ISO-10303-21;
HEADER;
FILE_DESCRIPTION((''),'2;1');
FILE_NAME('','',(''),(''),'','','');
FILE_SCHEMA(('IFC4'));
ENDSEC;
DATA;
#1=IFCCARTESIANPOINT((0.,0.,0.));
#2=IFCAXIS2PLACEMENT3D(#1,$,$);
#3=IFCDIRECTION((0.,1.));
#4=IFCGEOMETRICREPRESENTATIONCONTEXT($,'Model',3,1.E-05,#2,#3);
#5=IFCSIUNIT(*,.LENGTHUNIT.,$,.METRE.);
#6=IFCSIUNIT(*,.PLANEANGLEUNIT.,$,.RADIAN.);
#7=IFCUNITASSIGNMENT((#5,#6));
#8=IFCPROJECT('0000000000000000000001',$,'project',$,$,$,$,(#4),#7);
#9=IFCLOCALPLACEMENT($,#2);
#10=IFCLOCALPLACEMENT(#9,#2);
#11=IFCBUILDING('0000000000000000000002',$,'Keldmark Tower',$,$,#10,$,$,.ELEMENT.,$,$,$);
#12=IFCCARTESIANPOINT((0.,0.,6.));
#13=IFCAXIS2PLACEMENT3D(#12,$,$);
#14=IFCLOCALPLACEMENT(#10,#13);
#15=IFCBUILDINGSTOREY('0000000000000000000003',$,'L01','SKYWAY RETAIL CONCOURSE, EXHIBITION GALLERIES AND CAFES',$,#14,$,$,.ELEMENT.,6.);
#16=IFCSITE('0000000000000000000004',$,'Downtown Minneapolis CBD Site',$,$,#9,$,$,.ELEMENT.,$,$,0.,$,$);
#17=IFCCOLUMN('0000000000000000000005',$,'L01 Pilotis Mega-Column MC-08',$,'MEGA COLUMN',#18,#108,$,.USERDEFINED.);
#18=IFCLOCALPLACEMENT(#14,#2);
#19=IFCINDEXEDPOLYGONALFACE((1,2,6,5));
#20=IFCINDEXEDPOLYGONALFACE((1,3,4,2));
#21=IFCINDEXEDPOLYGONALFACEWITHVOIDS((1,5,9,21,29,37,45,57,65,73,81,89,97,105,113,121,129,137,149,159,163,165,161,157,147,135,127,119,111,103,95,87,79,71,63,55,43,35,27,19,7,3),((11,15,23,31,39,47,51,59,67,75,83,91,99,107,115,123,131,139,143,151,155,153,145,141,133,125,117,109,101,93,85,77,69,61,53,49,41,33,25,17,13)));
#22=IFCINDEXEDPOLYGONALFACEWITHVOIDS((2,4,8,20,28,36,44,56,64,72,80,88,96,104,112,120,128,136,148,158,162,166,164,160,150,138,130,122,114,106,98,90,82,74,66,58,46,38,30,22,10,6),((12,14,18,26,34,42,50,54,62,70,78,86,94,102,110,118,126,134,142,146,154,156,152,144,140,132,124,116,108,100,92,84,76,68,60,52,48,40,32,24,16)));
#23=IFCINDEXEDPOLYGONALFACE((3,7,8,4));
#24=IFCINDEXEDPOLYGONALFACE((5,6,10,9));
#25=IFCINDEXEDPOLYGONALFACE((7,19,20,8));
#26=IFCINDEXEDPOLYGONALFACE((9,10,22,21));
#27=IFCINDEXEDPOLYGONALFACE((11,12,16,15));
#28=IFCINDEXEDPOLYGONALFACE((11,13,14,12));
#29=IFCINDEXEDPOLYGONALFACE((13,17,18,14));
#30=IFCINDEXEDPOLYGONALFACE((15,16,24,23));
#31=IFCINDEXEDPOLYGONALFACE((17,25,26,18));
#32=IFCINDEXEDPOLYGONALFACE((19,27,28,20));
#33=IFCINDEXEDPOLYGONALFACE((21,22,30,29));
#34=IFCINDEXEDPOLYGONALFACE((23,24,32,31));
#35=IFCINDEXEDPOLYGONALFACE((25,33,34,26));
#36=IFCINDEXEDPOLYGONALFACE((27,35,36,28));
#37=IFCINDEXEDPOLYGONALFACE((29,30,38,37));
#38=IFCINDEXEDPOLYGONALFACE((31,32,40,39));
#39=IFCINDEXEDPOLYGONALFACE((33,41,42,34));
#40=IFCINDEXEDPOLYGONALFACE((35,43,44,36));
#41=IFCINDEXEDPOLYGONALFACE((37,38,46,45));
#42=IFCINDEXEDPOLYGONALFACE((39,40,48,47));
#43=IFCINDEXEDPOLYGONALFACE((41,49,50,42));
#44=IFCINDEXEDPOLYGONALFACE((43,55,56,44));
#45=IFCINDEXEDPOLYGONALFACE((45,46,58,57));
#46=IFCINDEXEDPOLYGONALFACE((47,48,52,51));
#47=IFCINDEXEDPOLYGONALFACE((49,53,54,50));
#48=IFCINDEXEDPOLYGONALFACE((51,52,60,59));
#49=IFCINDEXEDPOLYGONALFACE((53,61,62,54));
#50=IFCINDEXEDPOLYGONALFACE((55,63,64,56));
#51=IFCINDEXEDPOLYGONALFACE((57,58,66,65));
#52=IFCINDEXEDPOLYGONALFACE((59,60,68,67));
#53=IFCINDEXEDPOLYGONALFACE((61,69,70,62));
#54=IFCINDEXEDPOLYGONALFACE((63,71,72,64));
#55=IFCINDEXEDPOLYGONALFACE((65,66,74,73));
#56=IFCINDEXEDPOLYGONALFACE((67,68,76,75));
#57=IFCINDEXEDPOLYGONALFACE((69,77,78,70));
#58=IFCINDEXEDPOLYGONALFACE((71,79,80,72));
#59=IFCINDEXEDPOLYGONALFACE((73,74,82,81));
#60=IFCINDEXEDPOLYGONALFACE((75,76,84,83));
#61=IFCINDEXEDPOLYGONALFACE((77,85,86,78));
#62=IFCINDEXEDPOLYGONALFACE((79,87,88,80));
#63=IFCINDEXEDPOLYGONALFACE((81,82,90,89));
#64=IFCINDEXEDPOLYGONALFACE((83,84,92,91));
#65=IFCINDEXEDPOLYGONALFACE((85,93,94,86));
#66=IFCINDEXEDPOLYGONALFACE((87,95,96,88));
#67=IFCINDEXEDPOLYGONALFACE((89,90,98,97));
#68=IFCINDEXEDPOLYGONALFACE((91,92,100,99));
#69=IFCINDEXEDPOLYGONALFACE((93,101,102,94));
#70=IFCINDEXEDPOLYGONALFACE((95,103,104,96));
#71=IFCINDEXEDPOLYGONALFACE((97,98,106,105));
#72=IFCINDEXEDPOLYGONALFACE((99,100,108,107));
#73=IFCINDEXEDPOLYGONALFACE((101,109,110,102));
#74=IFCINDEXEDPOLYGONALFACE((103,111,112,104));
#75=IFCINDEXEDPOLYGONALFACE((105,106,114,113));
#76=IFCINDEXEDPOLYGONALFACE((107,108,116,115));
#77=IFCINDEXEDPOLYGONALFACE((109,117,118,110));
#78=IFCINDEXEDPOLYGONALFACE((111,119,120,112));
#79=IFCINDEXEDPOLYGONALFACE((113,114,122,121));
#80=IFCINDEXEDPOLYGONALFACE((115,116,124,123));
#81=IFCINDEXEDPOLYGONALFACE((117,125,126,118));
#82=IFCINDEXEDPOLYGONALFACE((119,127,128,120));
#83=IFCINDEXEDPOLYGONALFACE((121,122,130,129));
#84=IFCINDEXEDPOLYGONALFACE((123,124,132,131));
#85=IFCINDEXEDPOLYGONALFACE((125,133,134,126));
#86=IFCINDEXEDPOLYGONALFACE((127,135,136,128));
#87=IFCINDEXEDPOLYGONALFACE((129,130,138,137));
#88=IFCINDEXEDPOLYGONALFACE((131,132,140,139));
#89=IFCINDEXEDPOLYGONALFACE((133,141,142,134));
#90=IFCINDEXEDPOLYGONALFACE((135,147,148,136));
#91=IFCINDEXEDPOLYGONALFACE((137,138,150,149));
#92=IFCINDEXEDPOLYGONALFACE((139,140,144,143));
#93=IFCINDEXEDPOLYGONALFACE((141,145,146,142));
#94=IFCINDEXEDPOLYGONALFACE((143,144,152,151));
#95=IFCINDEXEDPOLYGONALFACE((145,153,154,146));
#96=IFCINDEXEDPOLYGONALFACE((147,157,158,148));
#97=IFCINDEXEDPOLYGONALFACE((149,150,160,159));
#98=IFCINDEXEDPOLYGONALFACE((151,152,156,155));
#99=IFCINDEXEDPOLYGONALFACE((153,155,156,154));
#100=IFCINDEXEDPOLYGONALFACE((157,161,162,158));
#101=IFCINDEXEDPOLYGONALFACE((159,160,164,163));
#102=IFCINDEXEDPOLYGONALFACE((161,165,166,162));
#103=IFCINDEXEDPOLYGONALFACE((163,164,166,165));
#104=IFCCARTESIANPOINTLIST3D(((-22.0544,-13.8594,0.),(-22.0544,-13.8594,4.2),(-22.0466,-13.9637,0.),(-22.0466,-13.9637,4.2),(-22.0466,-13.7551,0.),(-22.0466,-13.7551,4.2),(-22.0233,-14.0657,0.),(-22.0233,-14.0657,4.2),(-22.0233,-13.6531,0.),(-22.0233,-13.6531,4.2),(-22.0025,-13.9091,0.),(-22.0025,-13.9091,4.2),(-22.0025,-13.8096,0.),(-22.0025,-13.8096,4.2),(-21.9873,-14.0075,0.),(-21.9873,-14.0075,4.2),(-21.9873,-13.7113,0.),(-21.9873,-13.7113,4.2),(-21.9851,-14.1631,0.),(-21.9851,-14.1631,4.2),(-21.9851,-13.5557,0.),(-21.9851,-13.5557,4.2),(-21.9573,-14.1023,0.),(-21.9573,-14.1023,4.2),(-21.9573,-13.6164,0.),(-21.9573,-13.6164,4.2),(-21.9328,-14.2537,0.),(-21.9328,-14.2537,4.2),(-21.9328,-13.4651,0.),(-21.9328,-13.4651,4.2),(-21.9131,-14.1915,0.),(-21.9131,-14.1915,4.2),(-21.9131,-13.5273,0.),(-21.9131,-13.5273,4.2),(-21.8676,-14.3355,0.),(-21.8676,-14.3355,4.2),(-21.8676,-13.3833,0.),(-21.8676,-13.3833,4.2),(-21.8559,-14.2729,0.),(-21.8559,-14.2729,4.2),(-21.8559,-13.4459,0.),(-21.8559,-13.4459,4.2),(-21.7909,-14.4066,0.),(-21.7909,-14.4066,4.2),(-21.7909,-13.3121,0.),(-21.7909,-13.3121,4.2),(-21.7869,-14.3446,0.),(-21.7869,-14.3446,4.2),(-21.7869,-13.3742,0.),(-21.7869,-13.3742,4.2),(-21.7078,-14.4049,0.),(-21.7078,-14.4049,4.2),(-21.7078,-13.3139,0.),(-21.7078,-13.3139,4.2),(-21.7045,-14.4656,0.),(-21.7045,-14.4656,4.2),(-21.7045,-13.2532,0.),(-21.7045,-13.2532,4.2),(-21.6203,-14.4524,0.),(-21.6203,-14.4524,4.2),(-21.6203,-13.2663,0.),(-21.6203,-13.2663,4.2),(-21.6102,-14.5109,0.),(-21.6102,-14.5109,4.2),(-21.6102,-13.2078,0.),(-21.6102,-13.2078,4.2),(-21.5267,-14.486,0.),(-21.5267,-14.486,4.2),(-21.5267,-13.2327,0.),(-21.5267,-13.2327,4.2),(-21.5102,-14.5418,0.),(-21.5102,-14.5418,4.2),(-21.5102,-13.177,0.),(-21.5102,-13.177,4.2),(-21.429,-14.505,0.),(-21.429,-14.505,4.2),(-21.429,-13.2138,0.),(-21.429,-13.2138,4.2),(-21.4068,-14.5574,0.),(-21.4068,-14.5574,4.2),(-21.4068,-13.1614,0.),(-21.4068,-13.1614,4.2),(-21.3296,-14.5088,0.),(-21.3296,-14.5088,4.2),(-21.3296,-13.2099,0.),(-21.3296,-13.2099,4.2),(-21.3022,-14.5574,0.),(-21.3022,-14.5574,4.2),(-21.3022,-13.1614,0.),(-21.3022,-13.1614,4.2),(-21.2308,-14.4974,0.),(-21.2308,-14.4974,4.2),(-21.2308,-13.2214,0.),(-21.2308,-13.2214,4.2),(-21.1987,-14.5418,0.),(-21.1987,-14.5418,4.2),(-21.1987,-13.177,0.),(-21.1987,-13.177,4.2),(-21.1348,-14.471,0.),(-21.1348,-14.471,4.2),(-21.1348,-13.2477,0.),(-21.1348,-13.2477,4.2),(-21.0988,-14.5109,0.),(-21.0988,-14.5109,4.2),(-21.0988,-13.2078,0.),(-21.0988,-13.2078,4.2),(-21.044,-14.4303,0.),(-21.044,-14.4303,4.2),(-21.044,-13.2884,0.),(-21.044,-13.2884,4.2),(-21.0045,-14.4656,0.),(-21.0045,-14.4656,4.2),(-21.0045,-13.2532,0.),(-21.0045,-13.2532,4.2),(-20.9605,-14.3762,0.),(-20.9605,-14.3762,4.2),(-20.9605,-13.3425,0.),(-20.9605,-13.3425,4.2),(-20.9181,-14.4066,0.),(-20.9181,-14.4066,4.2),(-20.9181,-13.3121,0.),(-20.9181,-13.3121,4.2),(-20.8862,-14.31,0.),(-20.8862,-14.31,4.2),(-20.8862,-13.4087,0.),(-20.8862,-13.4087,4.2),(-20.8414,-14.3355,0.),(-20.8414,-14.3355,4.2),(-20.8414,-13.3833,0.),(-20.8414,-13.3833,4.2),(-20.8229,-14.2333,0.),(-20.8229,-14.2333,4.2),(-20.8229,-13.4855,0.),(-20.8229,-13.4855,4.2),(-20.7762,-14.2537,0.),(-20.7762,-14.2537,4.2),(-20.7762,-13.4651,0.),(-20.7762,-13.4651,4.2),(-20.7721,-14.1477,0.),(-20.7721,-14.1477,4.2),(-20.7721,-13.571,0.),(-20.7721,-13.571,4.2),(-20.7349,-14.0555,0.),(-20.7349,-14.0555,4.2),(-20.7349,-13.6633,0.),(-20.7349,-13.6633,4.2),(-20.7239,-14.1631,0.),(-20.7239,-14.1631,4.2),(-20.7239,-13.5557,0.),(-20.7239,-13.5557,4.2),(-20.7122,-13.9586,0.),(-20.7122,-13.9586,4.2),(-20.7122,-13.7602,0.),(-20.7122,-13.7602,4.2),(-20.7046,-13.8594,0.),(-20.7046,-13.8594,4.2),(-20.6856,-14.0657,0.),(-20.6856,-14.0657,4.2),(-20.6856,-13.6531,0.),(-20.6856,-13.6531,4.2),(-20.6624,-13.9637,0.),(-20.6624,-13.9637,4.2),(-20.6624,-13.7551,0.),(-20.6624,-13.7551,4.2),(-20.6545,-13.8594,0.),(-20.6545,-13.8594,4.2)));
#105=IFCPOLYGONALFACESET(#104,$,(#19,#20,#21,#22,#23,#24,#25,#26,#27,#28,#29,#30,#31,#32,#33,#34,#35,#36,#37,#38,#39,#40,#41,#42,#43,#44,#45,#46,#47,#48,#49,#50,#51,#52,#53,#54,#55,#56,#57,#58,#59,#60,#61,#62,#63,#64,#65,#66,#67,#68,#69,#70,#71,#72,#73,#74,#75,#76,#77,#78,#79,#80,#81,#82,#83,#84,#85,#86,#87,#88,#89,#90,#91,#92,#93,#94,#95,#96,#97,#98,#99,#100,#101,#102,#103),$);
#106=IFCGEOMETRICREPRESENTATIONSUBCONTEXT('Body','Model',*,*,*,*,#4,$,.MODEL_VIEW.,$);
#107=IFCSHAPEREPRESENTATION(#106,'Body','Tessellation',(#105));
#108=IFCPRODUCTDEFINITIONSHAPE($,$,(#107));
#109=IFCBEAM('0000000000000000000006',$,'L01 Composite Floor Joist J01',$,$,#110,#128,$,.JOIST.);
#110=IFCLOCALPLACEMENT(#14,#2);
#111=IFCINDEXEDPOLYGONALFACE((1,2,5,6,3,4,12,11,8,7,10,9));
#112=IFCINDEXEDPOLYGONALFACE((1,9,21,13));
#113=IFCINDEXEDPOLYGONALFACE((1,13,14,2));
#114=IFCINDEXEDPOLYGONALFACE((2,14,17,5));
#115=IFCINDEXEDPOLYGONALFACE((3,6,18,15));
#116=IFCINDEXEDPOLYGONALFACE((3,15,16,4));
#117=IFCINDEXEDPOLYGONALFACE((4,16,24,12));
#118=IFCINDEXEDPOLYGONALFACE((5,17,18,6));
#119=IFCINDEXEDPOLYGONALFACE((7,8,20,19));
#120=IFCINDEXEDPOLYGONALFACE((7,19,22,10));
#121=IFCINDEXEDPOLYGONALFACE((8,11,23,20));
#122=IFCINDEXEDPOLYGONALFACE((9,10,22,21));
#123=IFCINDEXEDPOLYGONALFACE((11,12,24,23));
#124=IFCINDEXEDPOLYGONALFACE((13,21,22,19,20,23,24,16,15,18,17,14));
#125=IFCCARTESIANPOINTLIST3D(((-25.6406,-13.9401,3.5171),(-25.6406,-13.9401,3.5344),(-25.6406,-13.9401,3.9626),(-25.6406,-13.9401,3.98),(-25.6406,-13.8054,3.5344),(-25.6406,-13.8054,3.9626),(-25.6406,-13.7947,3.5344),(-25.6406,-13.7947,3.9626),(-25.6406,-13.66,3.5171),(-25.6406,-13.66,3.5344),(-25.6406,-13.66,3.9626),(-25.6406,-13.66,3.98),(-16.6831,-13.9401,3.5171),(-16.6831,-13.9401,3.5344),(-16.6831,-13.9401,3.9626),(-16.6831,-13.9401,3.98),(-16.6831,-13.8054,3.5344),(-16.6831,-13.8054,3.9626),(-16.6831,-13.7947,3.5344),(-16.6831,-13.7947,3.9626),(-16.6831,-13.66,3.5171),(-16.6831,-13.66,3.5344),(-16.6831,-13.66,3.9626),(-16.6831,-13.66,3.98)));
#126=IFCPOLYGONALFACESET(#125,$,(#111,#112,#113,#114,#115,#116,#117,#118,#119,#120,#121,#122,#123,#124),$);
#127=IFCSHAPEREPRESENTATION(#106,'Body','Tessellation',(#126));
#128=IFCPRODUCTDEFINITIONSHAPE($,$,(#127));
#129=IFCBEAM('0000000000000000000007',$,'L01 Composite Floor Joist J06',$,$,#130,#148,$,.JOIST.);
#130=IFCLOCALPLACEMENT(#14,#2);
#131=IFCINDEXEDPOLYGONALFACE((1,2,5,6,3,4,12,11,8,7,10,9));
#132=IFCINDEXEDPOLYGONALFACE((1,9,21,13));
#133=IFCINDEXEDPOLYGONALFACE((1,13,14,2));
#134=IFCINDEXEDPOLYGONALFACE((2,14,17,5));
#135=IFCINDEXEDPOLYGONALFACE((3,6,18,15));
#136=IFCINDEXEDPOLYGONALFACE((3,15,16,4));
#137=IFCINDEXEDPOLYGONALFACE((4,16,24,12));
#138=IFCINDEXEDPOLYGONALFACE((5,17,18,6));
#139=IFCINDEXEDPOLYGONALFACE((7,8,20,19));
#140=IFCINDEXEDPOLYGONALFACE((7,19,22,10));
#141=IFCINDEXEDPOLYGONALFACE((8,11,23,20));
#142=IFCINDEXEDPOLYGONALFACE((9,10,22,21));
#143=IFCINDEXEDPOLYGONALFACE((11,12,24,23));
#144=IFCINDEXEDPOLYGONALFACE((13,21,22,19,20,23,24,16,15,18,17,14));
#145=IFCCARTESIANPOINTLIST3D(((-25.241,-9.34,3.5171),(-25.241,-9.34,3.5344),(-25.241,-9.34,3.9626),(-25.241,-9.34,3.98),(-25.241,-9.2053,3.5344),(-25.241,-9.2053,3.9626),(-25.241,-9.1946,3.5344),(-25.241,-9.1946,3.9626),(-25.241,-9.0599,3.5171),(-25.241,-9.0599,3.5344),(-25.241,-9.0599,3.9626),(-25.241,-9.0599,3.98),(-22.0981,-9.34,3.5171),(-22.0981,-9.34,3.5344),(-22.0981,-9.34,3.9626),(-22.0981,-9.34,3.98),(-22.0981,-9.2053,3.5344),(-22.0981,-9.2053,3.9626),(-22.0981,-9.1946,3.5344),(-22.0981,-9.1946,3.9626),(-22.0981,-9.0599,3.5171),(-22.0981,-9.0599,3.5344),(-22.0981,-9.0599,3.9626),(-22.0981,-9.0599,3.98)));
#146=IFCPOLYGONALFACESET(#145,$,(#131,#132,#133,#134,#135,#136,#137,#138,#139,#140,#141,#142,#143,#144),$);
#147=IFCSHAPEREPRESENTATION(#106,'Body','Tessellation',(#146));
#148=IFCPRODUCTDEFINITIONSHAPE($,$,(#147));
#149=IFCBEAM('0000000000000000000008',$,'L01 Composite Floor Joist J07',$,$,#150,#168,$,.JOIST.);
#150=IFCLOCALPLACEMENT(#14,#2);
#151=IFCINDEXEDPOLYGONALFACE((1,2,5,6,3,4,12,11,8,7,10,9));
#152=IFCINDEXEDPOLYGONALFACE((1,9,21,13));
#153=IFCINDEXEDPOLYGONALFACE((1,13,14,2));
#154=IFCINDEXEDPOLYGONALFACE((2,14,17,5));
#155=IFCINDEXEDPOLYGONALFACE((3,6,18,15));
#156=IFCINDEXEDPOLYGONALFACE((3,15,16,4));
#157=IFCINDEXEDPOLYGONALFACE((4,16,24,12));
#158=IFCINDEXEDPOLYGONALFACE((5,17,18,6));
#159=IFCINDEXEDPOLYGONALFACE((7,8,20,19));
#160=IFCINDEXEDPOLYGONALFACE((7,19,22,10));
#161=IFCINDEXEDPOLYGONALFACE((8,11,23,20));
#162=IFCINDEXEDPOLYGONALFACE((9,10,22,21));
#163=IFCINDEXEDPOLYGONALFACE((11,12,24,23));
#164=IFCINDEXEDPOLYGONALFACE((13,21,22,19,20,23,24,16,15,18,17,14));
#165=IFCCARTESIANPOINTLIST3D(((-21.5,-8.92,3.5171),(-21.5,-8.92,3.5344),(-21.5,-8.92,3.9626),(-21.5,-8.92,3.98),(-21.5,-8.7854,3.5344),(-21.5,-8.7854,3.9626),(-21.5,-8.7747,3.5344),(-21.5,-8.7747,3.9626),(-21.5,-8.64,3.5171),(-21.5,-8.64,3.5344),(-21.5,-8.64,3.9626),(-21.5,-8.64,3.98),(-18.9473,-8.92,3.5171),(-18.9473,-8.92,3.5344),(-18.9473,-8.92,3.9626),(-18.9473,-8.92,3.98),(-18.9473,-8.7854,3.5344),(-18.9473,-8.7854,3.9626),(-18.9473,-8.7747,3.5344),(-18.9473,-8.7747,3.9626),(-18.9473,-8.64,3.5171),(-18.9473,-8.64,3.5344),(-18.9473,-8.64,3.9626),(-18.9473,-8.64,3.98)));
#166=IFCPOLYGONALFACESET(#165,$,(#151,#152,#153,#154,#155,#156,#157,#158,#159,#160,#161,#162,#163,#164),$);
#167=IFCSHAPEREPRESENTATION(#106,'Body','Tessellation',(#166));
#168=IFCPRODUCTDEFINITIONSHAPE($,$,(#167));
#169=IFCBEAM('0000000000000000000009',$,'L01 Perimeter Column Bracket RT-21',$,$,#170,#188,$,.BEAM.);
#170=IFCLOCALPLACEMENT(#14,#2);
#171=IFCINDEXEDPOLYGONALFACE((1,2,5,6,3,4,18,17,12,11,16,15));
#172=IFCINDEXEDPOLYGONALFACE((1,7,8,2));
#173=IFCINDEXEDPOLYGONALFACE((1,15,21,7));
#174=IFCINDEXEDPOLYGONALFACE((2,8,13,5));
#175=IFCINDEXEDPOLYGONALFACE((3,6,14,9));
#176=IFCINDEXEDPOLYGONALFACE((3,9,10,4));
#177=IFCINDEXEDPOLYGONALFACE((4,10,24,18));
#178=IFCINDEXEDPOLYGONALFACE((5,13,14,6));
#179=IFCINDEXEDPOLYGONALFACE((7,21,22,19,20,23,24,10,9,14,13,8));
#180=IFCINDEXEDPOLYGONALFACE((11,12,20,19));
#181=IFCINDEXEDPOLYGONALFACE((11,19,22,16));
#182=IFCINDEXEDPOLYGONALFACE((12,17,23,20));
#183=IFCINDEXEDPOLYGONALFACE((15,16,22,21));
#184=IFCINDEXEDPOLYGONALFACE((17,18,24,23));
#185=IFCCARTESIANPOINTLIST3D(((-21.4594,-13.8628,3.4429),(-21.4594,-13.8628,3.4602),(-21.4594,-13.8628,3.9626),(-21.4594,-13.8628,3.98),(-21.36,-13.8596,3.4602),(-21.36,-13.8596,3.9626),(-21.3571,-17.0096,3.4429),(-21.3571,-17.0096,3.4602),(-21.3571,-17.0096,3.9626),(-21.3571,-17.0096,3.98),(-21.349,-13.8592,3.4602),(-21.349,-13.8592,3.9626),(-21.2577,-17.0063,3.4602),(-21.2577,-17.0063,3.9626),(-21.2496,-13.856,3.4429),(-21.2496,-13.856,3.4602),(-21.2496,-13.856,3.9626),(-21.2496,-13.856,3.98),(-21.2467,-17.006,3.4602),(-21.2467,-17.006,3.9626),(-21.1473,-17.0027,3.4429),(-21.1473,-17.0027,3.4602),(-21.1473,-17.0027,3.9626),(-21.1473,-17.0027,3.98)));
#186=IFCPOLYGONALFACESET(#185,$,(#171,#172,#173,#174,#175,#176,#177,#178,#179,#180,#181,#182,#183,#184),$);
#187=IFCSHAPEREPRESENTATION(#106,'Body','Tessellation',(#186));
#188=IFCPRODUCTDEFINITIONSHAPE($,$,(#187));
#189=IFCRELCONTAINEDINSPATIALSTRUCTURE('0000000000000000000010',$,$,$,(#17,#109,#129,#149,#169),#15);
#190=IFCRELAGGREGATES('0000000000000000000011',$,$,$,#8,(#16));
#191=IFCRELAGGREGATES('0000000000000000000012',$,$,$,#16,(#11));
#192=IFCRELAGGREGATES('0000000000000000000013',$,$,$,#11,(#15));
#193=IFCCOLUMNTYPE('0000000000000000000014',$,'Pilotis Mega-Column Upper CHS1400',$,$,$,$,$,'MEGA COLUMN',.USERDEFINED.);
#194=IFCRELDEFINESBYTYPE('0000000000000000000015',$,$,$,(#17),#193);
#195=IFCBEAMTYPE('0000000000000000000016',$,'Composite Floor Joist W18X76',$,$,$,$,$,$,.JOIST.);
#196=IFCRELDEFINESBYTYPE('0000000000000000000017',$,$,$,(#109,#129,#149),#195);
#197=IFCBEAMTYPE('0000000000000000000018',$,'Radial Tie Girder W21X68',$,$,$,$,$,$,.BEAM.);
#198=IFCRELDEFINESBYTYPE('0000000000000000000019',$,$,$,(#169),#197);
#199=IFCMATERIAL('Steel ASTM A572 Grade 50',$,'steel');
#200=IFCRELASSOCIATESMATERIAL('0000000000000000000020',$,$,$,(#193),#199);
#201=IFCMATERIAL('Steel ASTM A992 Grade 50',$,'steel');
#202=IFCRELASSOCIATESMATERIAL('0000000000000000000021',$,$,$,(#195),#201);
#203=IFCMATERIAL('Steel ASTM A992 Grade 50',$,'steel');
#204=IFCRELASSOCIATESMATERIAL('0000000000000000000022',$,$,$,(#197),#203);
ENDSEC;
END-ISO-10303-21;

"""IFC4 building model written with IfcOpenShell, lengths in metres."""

from ifc_helpers import new_model, si_unit, direction, frame, origin, origin_2d, place, context, subcontext, project, spatial, hollow_circle, i_section, extrude, material, material_profile, profile_set, type_object, element, save


model = new_model("IFC4")

# Units and contexts
model_context = context("Model", 3, precision=1e-05, world=origin(), true_north=direction((0.0, 1.0)))
body_context = subcontext(model_context, "Body", "Model", "MODEL_VIEW")
ifc_project = project(units=[si_unit("LENGTHUNIT", "METRE"), si_unit("PLANEANGLEUNIT", "RADIAN")], contexts=[model_context])

# Site, building, storey
site_placement = place(None, origin())
site = spatial("IfcSite", under=ifc_project, at=site_placement, Name="Downtown Minneapolis CBD Site", CompositionType="ELEMENT", RefElevation=0.0)
building_placement = place(site_placement, origin())
building = spatial("IfcBuilding", under=site, at=building_placement, Name="Keldmark Tower", CompositionType="ELEMENT")
storey_placement = place(building_placement, frame((0.0, 0.0, 6.0)))
storey = spatial("IfcBuildingStorey", under=building, at=storey_placement, Name="L01", Description="SKYWAY RETAIL CONCOURSE, EXHIBITION GALLERIES AND CAFES", CompositionType="ELEMENT", Elevation=6.0)

# Column
ifc_material_1 = material(Name="Steel ASTM A572 Grade 50", Category="steel")
ifc_material_profile_1 = material_profile(ifc_material_1, hollow_circle(Radius=0.7, WallThickness=0.05, at=origin_2d()), Name="CHS1400X50")
ifc_profile_set_1 = profile_set([ifc_material_profile_1], Name="Steel ASTM A572 Grade 50")
column_type = type_object("IfcColumnType", Name="Pilotis Mega-Column Upper CHS1400", ElementType="MEGA COLUMN", PredefinedType="USERDEFINED", material=ifc_profile_set_1)
column_placement = place(storey_placement, frame((-21.3545, -13.8594, 0.0), z_axis=(0.0, 0.0, 1.0), x_axis=(1.0, 0.0, 0.0)))
element("IfcColumn", 1, at=column_placement, inside=storey, type_object=column_type, Name="L01 Pilotis Mega-Column MC-08", ObjectType="MEGA COLUMN", PredefinedType="USERDEFINED", context=body_context, shape_type="SweptSolid", body=[
    extrude(hollow_circle(Radius=0.7, WallThickness=0.05, at=origin_2d()), origin(), (0.0, 0.0, 1.0), 4.2),
])

# Beams
ifc_material_2 = material(Name="Steel ASTM A992 Grade 50", Category="steel")
ifc_material_profile_2 = material_profile(ifc_material_2, i_section(OverallWidth=0.28, OverallDepth=0.4629, WebThickness=0.0107, FlangeThickness=0.0173, at=origin_2d()), Name="W18X76")
ifc_profile_set_2 = profile_set([ifc_material_profile_2], Name="Steel ASTM A992 Grade 50")
beam_type_1 = type_object("IfcBeamType", Name="Composite Floor Joist W18X76", PredefinedType="JOIST", material=ifc_profile_set_2)
beam_1_placement = place(storey_placement, frame((-25.6406, -13.8, 3.7485), z_axis=(1.0, 0.0, 0.0), x_axis=(0.0, 1.0, 0.0)))
element("IfcBeam", 2, at=beam_1_placement, inside=storey, type_object=beam_type_1, Name="L01 Composite Floor Joist J01", PredefinedType="JOIST", context=body_context, shape_type="SweptSolid", body=[
    extrude(i_section(OverallWidth=0.28, OverallDepth=0.4629, WebThickness=0.0107, FlangeThickness=0.0173, at=origin_2d()), origin(), (0.0, 0.0, 1.0), 8.9575),
])
beam_2_placement = place(storey_placement, frame((-25.241, -9.2, 3.7485), z_axis=(1.0, 0.0, 0.0), x_axis=(0.0, 1.0, 0.0)))
element("IfcBeam", 3, at=beam_2_placement, inside=storey, type_object=beam_type_1, Name="L01 Composite Floor Joist J06", PredefinedType="JOIST", context=body_context, shape_type="SweptSolid", body=[
    extrude(i_section(OverallWidth=0.28, OverallDepth=0.4629, WebThickness=0.0107, FlangeThickness=0.0173, at=origin_2d()), origin(), (0.0, 0.0, 1.0), 3.1428),
])
beam_3_placement = place(storey_placement, frame((-21.5, -8.78, 3.7485), z_axis=(1.0, 0.0, 0.0), x_axis=(0.0, 1.0, 0.0)))
element("IfcBeam", 4, at=beam_3_placement, inside=storey, type_object=beam_type_1, Name="L01 Composite Floor Joist J07", PredefinedType="JOIST", context=body_context, shape_type="SweptSolid", body=[
    extrude(i_section(OverallWidth=0.28, OverallDepth=0.4629, WebThickness=0.0107, FlangeThickness=0.0173, at=origin_2d()), origin(), (0.0, 0.0, 1.0), 2.5527),
])
ifc_material_3 = material(Name="Steel ASTM A992 Grade 50", Category="steel")
ifc_material_profile_3 = material_profile(ifc_material_3, i_section(OverallWidth=0.21, OverallDepth=0.5371, WebThickness=0.011, FlangeThickness=0.0173, at=origin_2d()), Name="W21X68")
ifc_profile_set_3 = profile_set([ifc_material_profile_3], Name="Steel ASTM A992 Grade 50")
beam_type_2 = type_object("IfcBeamType", Name="Radial Tie Girder W21X68", PredefinedType="BEAM", material=ifc_profile_set_3)
beam_4_placement = place(storey_placement, frame((-21.3545, -13.8594, 3.7114), z_axis=(0.032491, -0.999472, 0.0), x_axis=(0.999472, 0.032491, 0.0)))
element("IfcBeam", 5, at=beam_4_placement, inside=storey, type_object=beam_type_2, Name="L01 Perimeter Column Bracket RT-21", PredefinedType="BEAM", context=body_context, shape_type="SweptSolid", body=[
    extrude(i_section(OverallWidth=0.21, OverallDepth=0.5371, WebThickness=0.011, FlangeThickness=0.0173, at=origin_2d()), origin(), (0.0, 0.0, 1.0), 3.1484),
])

save(model, "model.ifc")
